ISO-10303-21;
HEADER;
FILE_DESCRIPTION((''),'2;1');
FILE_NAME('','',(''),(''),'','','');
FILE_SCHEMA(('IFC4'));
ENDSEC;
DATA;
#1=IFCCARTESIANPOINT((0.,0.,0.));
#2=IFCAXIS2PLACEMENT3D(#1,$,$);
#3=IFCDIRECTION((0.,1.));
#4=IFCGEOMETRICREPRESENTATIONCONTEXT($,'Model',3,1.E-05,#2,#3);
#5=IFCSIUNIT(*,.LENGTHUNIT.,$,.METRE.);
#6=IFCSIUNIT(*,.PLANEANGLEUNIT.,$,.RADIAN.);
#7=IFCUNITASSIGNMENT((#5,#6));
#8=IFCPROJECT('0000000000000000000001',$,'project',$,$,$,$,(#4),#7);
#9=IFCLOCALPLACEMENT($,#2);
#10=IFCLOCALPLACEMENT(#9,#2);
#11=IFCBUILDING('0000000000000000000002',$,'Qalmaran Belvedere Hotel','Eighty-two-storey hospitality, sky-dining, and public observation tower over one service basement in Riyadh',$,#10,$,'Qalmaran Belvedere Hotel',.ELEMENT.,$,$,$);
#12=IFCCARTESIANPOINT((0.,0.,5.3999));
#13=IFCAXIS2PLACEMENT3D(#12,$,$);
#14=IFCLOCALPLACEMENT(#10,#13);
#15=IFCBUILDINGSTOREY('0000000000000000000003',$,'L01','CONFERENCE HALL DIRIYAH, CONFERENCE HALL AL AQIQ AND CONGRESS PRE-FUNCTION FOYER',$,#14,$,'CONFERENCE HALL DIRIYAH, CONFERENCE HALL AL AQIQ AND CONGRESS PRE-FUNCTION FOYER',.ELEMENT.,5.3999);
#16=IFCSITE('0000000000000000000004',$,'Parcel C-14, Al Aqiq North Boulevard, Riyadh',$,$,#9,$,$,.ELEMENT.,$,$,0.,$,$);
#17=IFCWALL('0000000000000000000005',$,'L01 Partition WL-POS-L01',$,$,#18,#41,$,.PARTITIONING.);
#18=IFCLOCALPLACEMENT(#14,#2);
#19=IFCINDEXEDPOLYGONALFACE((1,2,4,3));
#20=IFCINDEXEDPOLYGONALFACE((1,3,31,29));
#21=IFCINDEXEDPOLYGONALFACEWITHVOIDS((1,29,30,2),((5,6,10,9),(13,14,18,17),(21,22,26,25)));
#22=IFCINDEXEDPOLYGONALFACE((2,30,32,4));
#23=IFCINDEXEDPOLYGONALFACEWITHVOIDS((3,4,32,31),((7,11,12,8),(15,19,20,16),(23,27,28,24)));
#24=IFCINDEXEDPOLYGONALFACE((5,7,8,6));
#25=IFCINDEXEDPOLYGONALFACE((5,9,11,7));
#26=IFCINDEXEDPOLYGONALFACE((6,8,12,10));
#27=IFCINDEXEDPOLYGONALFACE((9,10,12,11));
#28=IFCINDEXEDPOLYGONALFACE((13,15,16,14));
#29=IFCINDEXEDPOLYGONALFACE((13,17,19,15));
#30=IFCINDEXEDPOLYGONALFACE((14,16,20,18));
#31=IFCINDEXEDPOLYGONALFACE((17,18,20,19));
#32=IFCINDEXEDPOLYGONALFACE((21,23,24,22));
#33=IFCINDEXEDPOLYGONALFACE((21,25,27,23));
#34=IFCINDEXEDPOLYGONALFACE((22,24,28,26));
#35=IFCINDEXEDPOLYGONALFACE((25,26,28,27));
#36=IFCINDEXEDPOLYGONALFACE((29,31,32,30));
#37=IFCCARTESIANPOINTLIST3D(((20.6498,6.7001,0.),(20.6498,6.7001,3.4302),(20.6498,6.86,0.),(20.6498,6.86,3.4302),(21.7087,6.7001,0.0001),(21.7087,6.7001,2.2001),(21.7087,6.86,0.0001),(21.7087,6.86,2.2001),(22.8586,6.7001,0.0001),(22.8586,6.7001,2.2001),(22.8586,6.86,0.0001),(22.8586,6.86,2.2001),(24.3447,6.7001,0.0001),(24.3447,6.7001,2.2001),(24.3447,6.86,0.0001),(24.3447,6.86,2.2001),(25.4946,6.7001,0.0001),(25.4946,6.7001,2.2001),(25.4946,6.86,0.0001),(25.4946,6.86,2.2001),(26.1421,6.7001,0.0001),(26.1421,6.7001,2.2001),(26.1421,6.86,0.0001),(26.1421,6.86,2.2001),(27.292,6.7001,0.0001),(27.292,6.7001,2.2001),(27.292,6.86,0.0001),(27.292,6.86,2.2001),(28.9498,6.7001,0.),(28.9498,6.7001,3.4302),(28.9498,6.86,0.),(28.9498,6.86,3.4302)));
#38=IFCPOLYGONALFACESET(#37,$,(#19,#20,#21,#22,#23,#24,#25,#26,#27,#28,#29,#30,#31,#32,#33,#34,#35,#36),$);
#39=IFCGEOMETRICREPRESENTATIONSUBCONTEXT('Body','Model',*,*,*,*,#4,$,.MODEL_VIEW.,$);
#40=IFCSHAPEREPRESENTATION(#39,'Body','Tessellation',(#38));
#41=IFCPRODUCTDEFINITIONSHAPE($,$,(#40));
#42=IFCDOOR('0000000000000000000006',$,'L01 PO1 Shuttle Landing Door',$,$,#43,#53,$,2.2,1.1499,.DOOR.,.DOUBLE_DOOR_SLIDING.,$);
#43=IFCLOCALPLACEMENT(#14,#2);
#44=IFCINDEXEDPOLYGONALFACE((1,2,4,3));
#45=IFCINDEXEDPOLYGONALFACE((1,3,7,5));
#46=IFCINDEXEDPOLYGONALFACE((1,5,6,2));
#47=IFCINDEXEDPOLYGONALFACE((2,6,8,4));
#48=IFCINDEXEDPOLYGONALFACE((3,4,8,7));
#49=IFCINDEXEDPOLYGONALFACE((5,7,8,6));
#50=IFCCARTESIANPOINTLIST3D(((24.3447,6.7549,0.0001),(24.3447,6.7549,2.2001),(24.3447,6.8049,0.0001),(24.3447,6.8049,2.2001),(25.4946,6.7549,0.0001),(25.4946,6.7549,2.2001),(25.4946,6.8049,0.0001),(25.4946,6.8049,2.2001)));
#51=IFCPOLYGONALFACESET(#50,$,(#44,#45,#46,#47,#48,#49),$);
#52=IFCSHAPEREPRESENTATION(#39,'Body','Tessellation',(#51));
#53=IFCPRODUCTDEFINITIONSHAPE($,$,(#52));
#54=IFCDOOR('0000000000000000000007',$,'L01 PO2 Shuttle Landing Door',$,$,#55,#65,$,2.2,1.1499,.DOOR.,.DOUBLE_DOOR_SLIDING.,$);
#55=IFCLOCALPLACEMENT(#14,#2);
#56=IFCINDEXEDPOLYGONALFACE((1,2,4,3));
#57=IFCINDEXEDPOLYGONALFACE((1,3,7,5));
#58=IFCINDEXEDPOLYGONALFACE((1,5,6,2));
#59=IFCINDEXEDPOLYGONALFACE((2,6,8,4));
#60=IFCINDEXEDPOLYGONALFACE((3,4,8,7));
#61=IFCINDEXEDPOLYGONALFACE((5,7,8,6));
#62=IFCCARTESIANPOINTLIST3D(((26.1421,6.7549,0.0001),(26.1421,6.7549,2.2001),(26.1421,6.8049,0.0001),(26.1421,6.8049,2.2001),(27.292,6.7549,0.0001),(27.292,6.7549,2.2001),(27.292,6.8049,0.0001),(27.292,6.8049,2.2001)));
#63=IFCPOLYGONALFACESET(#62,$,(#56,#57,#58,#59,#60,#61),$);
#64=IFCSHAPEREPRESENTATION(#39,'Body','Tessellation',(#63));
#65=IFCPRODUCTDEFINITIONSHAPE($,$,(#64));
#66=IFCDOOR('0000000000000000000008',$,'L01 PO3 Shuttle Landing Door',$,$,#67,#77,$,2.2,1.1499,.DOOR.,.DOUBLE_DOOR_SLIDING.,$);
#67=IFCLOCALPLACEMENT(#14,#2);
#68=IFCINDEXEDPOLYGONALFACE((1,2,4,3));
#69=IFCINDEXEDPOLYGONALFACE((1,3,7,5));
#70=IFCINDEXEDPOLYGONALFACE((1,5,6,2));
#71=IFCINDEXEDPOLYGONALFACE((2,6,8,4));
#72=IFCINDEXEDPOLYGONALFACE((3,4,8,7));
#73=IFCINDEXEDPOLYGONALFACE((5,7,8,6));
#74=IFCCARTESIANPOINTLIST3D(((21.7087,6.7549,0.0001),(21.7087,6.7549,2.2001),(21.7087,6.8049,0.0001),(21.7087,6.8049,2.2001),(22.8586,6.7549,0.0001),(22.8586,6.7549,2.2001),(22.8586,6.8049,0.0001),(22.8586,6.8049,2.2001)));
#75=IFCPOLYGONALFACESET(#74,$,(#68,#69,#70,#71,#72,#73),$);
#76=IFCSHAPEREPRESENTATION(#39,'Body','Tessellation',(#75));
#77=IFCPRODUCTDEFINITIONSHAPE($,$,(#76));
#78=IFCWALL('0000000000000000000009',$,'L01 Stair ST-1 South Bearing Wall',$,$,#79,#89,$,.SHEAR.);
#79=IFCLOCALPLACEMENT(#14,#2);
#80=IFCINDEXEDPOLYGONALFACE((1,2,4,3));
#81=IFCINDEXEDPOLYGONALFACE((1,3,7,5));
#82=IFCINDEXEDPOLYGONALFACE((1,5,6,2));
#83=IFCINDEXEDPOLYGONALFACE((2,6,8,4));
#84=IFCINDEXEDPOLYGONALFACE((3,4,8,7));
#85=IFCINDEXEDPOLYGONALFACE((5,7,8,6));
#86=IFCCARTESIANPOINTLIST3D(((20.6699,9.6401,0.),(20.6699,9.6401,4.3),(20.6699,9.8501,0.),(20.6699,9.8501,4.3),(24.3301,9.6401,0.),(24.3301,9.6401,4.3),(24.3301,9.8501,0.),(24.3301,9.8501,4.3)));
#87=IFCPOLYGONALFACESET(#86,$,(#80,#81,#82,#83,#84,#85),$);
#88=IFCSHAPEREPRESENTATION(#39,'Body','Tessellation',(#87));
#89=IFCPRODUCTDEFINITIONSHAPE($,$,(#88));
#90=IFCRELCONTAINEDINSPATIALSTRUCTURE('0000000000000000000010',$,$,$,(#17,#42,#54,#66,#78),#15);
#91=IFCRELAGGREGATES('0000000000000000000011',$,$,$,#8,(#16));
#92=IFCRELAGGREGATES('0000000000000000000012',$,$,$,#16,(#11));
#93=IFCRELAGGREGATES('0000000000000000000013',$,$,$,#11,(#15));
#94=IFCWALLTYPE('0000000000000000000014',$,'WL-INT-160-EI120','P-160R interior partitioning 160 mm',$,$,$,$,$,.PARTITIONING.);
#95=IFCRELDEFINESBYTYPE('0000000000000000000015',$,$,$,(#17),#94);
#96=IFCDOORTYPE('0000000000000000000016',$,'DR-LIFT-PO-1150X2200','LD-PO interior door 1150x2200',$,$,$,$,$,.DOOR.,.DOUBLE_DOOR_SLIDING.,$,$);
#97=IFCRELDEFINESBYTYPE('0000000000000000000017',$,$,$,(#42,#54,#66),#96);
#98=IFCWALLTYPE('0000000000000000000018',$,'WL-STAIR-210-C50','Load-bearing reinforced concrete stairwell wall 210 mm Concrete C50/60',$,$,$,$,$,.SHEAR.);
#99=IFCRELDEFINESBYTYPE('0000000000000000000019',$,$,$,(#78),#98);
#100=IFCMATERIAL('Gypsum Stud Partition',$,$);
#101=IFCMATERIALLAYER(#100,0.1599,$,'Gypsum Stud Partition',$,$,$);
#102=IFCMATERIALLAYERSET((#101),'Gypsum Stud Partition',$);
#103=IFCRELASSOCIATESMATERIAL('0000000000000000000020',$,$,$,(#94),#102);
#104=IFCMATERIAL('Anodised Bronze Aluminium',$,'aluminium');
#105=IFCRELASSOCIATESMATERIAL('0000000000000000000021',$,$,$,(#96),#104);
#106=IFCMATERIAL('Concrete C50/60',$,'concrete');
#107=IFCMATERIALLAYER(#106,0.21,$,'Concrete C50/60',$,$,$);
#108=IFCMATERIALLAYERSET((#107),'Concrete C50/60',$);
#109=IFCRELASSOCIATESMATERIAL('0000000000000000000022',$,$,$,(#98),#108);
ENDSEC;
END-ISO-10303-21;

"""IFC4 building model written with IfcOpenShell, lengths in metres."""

from ifc_helpers import new_model, si_unit, direction, frame, frame_2d, origin, place, context, subcontext, project, spatial, rectangle, extrude, material, layer, layer_set, type_object, element, fill, save


model = new_model("IFC4")

# Units and contexts
model_context = context("Model", 3, precision=1e-05, world=origin(), true_north=direction((0.0, 1.0)))
body_context = subcontext(model_context, "Body", "Model", "MODEL_VIEW")
ifc_project = project(units=[si_unit("LENGTHUNIT", "METRE"), si_unit("PLANEANGLEUNIT", "RADIAN")], contexts=[model_context])

# Site, building, storey
site_placement = place(None, origin())
site = spatial("IfcSite", under=ifc_project, at=site_placement, Name="Parcel C-14, Al Aqiq North Boulevard, Riyadh", CompositionType="ELEMENT", RefElevation=0.0)
building_placement = place(site_placement, origin())
building = spatial("IfcBuilding", under=site, at=building_placement, Name="Qalmaran Belvedere Hotel", Description="Eighty-two-storey hospitality, sky-dining, and public observation tower over one service basement in Riyadh", LongName="Qalmaran Belvedere Hotel", CompositionType="ELEMENT")
storey_placement = place(building_placement, frame((0.0, 0.0, 5.3999)))
storey = spatial("IfcBuildingStorey", under=building, at=storey_placement, Name="L01", Description="CONFERENCE HALL DIRIYAH, CONFERENCE HALL AL AQIQ AND CONGRESS PRE-FUNCTION FOYER", LongName="CONFERENCE HALL DIRIYAH, CONFERENCE HALL AL AQIQ AND CONGRESS PRE-FUNCTION FOYER", CompositionType="ELEMENT", Elevation=5.3999)

# Shared definitions
ifc_material_1 = material(Name="Anodised Bronze Aluminium", Category="aluminium")

# Shared definitions
ifc_material_2 = material(Name="Gypsum Stud Partition")

# Wall, openings, doors
ifc_layer_1 = layer(ifc_material_2, 0.1599, Name="Gypsum Stud Partition")
ifc_layer_set_1 = layer_set([ifc_layer_1], Name="Gypsum Stud Partition")
wall_type_1 = type_object("IfcWallType", Name="WL-INT-160-EI120", Description="P-160R interior partitioning 160 mm", PredefinedType="PARTITIONING", material=ifc_layer_set_1)
wall_1_placement = place(storey_placement, frame((20.6499, 6.78, 0.0), z_axis=(0.0, 0.0, 1.0), x_axis=(1.0, 0.0, 0.0)))
wall_1 = element("IfcWall", 1, at=wall_1_placement, inside=storey, type_object=wall_type_1, Name="L01 Partition WL-POS-L01", PredefinedType="PARTITIONING", context=body_context, shape_type="SweptSolid", body=[
    extrude(rectangle(XDim=8.3, YDim=0.1599, at=frame_2d((4.1499, 0.0))), origin(), (0.0, 0.0, 1.0), 3.4302),
])
opening_1_placement = place(wall_1_placement, frame((3.6948, 0.0, 0.0)))
opening_1 = element("IfcOpeningElement", 2, at=opening_1_placement, cuts=wall_1, PredefinedType="OPENING", context=body_context, shape_type="SweptSolid", body=[
    extrude(rectangle(XDim=1.1499, YDim=2.2, at=frame_2d((0.575, 1.1001))), frame((0.0, 0.0898, 0.0), z_axis=(0.0, -1.0, 0.0), x_axis=(1.0, 0.0, 0.0)), (0.0, 0.0, 1.0), 0.1799),
])
opening_2_placement = place(wall_1_placement, frame((5.4922, 0.0, 0.0)))
opening_2 = element("IfcOpeningElement", 3, at=opening_2_placement, cuts=wall_1, PredefinedType="OPENING", context=body_context, shape_type="SweptSolid", body=[
    extrude(rectangle(XDim=1.1499, YDim=2.2, at=frame_2d((0.575, 1.1001))), frame((0.0, 0.0898, 0.0), z_axis=(0.0, -1.0, 0.0), x_axis=(1.0, 0.0, 0.0)), (0.0, 0.0, 1.0), 0.1799),
])
opening_3_placement = place(wall_1_placement, frame((1.0588, 0.0, 0.0)))
opening_3 = element("IfcOpeningElement", 4, at=opening_3_placement, cuts=wall_1, PredefinedType="OPENING", context=body_context, shape_type="SweptSolid", body=[
    extrude(rectangle(XDim=1.1499, YDim=2.2, at=frame_2d((0.575, 1.1001))), frame((0.0, 0.0898, 0.0), z_axis=(0.0, -1.0, 0.0), x_axis=(1.0, 0.0, 0.0)), (0.0, 0.0, 1.0), 0.1799),
])
door_type_1 = type_object("IfcDoorType", Name="DR-LIFT-PO-1150X2200", Description="LD-PO interior door 1150x2200", OperationType="DOUBLE_DOOR_SLIDING", PredefinedType="DOOR", material=ifc_material_1)
door_1_placement = place(opening_1_placement, origin())
door_1 = element("IfcDoor", 5, at=door_1_placement, inside=storey, type_object=door_type_1, Name="L01 PO1 Shuttle Landing Door", OperationType="DOUBLE_DOOR_SLIDING", OverallHeight=2.2, OverallWidth=1.1499, PredefinedType="DOOR", context=body_context, shape_type="SweptSolid", body=[
    extrude(rectangle(XDim=1.1499, YDim=2.2, at=frame_2d((0.575, 1.1001))), frame((0.0, 0.0249, 0.0), z_axis=(0.0, -1.0, 0.0), x_axis=(1.0, 0.0, 0.0)), (0.0, 0.0, 1.0), 0.05),
])
fill(opening_1, door_1)
door_2_placement = place(opening_2_placement, origin())
door_2 = element("IfcDoor", 6, at=door_2_placement, inside=storey, type_object=door_type_1, Name="L01 PO2 Shuttle Landing Door", OperationType="DOUBLE_DOOR_SLIDING", OverallHeight=2.2, OverallWidth=1.1499, PredefinedType="DOOR", context=body_context, shape_type="SweptSolid", body=[
    extrude(rectangle(XDim=1.1499, YDim=2.2, at=frame_2d((0.575, 1.1001))), frame((0.0, 0.0249, 0.0), z_axis=(0.0, -1.0, 0.0), x_axis=(1.0, 0.0, 0.0)), (0.0, 0.0, 1.0), 0.05),
])
fill(opening_2, door_2)
door_3_placement = place(opening_3_placement, origin())
door_3 = element("IfcDoor", 7, at=door_3_placement, inside=storey, type_object=door_type_1, Name="L01 PO3 Shuttle Landing Door", OperationType="DOUBLE_DOOR_SLIDING", OverallHeight=2.2, OverallWidth=1.1499, PredefinedType="DOOR", context=body_context, shape_type="SweptSolid", body=[
    extrude(rectangle(XDim=1.1499, YDim=2.2, at=frame_2d((0.575, 1.1001))), frame((0.0, 0.0249, 0.0), z_axis=(0.0, -1.0, 0.0), x_axis=(1.0, 0.0, 0.0)), (0.0, 0.0, 1.0), 0.05),
])
fill(opening_3, door_3)

# Wall
ifc_material_3 = material(Name="Concrete C50/60", Category="concrete")
ifc_layer_2 = layer(ifc_material_3, 0.21, Name="Concrete C50/60")
ifc_layer_set_2 = layer_set([ifc_layer_2], Name="Concrete C50/60")
wall_type_2 = type_object("IfcWallType", Name="WL-STAIR-210-C50", Description="Load-bearing reinforced concrete stairwell wall 210 mm Concrete C50/60", PredefinedType="SHEAR", material=ifc_layer_set_2)
wall_2_placement = place(storey_placement, frame((20.6699, 9.7451, 0.0), z_axis=(0.0, 0.0, 1.0), x_axis=(1.0, 0.0, 0.0)))
element("IfcWall", 8, at=wall_2_placement, inside=storey, type_object=wall_type_2, Name="L01 Stair ST-1 South Bearing Wall", PredefinedType="SHEAR", context=body_context, shape_type="SweptSolid", body=[
    extrude(rectangle(XDim=3.6602, YDim=0.21, at=frame_2d((1.8301, 0.0))), origin(), (0.0, 0.0, 1.0), 4.3),
])

save(model, "model.ifc")
